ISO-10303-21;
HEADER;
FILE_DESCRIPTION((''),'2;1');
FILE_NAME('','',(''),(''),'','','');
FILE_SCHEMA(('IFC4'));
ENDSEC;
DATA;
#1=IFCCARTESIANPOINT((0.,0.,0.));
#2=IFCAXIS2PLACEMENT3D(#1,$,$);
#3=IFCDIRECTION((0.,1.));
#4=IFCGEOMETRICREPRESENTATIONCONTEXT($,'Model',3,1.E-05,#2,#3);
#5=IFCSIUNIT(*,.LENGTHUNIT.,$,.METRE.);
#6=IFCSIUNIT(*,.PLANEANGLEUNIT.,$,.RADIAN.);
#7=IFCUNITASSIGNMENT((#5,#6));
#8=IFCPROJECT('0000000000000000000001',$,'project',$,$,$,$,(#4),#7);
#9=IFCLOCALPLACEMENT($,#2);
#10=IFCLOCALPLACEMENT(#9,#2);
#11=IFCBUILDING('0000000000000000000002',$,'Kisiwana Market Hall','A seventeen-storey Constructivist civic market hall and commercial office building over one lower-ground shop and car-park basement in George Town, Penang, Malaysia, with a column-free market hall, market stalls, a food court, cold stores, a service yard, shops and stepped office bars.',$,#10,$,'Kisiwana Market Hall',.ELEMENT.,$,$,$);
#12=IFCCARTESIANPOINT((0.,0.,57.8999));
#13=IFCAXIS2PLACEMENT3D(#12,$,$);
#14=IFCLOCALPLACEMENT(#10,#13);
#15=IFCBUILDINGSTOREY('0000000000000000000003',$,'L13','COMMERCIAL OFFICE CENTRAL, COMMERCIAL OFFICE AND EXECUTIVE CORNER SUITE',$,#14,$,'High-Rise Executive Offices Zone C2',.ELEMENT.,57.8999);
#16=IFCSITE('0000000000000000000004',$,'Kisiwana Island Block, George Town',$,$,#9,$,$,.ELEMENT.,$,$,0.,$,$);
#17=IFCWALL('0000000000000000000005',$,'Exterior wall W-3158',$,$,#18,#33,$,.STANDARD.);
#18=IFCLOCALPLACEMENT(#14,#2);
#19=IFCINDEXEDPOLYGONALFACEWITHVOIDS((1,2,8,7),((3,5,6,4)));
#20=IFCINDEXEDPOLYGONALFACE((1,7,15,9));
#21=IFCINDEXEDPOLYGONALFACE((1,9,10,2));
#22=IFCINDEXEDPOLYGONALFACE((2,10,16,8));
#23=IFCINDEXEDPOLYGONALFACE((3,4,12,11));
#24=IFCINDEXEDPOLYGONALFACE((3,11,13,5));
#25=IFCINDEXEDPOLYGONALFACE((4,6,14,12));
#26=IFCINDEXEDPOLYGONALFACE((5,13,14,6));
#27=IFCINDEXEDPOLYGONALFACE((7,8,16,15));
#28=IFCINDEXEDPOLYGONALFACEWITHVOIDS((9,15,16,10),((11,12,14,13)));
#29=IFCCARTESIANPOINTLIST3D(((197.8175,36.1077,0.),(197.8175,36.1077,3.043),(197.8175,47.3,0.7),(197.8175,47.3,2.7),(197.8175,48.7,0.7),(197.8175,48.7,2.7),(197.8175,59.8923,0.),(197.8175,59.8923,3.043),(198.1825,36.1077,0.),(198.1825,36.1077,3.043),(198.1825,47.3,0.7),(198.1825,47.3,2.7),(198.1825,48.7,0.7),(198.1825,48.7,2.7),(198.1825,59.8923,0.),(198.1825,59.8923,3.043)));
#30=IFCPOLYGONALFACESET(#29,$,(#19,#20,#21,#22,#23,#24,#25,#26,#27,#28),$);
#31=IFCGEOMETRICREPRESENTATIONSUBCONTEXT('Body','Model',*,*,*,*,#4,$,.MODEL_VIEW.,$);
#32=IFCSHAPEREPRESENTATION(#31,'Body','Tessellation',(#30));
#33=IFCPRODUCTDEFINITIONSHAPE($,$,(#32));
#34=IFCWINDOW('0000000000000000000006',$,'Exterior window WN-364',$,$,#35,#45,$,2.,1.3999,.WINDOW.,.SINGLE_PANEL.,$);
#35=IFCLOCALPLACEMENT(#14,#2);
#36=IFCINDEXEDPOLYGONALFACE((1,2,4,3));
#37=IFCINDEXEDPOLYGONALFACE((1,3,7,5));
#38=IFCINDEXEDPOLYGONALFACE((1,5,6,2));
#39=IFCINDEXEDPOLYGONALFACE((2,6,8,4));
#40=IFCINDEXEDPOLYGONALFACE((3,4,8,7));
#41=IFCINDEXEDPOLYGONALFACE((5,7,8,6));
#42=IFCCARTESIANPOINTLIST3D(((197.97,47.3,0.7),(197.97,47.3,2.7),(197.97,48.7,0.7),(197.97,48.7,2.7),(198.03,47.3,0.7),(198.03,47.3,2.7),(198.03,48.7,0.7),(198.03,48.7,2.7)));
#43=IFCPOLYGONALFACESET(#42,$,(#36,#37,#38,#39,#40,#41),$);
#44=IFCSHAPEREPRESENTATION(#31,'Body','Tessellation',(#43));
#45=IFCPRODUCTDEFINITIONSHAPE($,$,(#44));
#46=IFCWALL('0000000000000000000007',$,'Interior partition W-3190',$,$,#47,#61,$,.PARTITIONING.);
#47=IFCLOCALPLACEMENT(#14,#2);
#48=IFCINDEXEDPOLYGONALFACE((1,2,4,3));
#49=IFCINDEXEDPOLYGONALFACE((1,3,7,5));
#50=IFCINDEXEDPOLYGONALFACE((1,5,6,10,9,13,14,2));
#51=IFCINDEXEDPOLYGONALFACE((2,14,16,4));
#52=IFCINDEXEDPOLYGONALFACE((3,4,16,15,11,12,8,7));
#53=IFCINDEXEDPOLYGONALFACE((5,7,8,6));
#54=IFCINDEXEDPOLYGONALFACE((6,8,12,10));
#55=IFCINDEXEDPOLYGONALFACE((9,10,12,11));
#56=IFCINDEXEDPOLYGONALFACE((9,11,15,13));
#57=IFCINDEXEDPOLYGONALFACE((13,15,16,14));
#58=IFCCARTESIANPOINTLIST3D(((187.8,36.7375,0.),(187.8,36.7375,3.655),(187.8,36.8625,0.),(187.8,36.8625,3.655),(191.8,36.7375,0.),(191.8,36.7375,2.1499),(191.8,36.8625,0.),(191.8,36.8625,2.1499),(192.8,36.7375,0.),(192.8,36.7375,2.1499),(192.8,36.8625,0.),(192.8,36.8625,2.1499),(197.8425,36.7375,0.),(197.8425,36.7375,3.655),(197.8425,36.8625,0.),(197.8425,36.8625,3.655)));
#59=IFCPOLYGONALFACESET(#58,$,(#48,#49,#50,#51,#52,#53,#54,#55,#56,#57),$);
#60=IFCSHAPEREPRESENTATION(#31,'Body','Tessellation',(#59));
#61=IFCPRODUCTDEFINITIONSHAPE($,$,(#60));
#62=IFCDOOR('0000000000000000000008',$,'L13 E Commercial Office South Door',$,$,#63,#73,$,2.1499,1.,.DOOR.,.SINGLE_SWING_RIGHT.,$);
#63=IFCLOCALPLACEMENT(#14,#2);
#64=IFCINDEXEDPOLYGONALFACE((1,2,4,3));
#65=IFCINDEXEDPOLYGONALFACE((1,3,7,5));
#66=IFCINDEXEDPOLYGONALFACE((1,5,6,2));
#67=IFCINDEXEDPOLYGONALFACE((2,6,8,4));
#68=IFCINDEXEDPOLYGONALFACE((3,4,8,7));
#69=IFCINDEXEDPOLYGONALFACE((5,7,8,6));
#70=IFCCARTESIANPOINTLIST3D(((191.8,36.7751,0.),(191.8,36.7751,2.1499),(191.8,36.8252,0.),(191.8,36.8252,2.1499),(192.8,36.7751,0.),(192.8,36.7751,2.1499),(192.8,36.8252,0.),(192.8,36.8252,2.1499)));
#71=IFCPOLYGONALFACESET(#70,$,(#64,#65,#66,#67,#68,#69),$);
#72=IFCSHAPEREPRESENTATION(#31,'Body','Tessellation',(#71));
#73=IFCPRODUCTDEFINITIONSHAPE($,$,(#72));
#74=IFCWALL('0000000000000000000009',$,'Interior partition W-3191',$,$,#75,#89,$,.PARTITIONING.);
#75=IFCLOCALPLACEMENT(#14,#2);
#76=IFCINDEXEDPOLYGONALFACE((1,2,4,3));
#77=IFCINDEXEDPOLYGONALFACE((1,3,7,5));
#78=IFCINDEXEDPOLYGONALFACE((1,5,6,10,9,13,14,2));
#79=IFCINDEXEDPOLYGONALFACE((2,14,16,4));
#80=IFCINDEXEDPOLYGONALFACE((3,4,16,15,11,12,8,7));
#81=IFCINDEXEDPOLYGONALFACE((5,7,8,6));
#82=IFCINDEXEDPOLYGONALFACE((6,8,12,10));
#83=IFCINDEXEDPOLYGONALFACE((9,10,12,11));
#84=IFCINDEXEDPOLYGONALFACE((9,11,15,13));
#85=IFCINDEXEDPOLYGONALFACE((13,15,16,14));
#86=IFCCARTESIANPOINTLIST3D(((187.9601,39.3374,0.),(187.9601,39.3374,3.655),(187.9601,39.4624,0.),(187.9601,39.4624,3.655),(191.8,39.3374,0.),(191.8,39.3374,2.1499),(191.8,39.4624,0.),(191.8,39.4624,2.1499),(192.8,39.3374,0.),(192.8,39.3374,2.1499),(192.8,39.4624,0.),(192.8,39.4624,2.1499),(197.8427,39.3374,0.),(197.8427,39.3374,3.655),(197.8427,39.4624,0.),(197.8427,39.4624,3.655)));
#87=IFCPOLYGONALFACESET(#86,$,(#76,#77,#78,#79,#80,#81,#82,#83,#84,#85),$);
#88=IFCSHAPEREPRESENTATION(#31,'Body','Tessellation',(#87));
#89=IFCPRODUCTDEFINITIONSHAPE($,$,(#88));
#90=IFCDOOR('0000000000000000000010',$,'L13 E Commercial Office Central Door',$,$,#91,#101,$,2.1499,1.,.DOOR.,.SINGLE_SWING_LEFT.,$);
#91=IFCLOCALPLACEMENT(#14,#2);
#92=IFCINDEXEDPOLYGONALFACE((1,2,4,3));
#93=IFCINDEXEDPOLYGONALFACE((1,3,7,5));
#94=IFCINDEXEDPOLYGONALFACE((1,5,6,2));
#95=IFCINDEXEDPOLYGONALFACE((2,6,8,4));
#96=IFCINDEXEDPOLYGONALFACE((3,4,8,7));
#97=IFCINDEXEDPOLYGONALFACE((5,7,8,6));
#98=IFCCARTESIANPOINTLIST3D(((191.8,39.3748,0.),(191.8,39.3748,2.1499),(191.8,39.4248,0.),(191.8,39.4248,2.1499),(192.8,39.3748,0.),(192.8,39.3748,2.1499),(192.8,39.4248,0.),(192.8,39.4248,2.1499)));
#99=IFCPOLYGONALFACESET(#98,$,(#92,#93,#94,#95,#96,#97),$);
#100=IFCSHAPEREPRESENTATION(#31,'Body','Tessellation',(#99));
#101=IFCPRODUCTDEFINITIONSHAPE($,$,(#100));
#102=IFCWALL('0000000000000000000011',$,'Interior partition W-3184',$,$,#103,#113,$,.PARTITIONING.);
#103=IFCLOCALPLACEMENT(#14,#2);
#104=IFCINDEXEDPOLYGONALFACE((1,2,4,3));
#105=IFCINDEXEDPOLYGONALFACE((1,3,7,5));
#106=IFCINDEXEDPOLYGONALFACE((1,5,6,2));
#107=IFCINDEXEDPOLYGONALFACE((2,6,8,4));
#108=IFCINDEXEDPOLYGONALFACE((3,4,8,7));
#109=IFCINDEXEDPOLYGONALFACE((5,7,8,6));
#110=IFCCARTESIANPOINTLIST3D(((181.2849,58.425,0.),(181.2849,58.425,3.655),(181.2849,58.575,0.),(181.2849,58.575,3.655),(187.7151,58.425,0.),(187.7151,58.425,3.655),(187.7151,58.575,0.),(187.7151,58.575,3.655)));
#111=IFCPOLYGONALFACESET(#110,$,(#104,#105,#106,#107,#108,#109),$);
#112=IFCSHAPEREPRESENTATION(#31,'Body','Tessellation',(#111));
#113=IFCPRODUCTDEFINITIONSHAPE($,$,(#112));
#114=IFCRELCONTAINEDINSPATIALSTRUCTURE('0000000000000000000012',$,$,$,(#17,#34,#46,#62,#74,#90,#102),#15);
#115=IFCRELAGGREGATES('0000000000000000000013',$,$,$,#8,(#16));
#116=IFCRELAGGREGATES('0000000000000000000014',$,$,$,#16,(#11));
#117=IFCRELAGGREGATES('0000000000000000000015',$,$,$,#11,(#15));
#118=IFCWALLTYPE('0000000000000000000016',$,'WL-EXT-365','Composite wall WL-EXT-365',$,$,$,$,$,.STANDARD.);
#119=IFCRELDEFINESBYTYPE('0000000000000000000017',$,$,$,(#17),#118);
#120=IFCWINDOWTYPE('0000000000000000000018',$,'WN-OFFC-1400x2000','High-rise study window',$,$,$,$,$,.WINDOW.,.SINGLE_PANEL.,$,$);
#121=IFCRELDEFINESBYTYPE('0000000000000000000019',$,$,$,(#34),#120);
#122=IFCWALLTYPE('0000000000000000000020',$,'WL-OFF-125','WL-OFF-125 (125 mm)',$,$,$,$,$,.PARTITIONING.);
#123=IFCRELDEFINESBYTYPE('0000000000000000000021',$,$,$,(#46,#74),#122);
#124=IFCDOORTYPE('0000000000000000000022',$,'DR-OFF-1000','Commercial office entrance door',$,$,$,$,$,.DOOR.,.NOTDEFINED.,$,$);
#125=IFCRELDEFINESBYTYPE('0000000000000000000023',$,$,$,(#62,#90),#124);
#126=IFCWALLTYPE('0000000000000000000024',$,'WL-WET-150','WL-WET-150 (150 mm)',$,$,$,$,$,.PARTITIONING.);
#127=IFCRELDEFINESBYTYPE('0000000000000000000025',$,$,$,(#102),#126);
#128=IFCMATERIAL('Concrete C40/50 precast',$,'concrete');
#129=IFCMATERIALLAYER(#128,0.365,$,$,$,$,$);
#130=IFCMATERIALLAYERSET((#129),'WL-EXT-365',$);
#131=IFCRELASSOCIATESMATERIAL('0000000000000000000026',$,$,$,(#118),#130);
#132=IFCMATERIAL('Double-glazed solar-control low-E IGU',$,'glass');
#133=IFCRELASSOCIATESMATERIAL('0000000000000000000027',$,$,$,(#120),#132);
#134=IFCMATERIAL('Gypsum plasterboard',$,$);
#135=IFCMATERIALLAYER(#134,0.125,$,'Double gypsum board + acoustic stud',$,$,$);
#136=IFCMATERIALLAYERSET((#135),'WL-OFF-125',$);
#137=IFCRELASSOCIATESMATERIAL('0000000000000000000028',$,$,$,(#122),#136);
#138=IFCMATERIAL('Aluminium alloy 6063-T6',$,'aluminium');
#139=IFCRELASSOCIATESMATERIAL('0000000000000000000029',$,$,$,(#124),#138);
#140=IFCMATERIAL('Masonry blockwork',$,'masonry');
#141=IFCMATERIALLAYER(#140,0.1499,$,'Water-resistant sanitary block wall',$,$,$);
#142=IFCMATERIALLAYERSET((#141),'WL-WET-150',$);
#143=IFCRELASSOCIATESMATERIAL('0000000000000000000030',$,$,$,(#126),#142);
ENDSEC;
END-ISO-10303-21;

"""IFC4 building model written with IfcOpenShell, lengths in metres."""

from ifc_helpers import new_model, si_unit, direction, frame, frame_2d, origin, place, context, subcontext, project, spatial, rectangle, extrude, material, layer, layer_set, type_object, element, fill, save


model = new_model("IFC4")

# Units and contexts
model_context = context("Model", 3, precision=1e-05, world=origin(), true_north=direction((0.0, 1.0)))
body_context = subcontext(model_context, "Body", "Model", "MODEL_VIEW")
ifc_project = project(units=[si_unit("LENGTHUNIT", "METRE"), si_unit("PLANEANGLEUNIT", "RADIAN")], contexts=[model_context])

# Site, building, storey
site_placement = place(None, origin())
site = spatial("IfcSite", under=ifc_project, at=site_placement, Name="Kisiwana Island Block, George Town", CompositionType="ELEMENT", RefElevation=0.0)
building_placement = place(site_placement, origin())
building = spatial("IfcBuilding", under=site, at=building_placement, Name="Kisiwana Market Hall", Description="A seventeen-storey Constructivist civic market hall and commercial office building over one lower-ground shop and car-park basement in George Town, Penang, Malaysia, with a column-free market hall, market stalls, a food court, cold stores, a service yard, shops and stepped office bars.", LongName="Kisiwana Market Hall", CompositionType="ELEMENT")
storey_placement = place(building_placement, frame((0.0, 0.0, 57.8999)))
storey = spatial("IfcBuildingStorey", under=building, at=storey_placement, Name="L13", Description="COMMERCIAL OFFICE CENTRAL, COMMERCIAL OFFICE AND EXECUTIVE CORNER SUITE", LongName="High-Rise Executive Offices Zone C2", CompositionType="ELEMENT", Elevation=57.8999)

# Wall, opening, window
ifc_material_1 = material(Name="Concrete C40/50 precast", Category="concrete")
ifc_layer_1 = layer(ifc_material_1, 0.365)
ifc_layer_set_1 = layer_set([ifc_layer_1], Name="WL-EXT-365")
wall_type_1 = type_object("IfcWallType", Name="WL-EXT-365", Description="Composite wall WL-EXT-365", PredefinedType="STANDARD", material=ifc_layer_set_1)
wall_1_placement = place(storey_placement, frame((198.0, 36.1077, 0.0), z_axis=(0.0, 0.0, 1.0), x_axis=(0.0, 1.0, 0.0)))
wall_1 = element("IfcWall", 1, at=wall_1_placement, inside=storey, type_object=wall_type_1, Name="Exterior wall W-3158", PredefinedType="STANDARD", context=body_context, shape_type="SweptSolid", body=[
    extrude(rectangle(XDim=23.7847, YDim=0.365, at=frame_2d((11.8923, 0.0))), origin(), (0.0, 0.0, 1.0), 3.043),
])
opening_1_placement = place(wall_1_placement, frame((11.1924, 0.0, 0.7)))
opening_1 = element("IfcOpeningElement", 2, at=opening_1_placement, cuts=wall_1, PredefinedType="OPENING", context=body_context, shape_type="SweptSolid", body=[
    extrude(rectangle(XDim=1.3999, YDim=2.0, at=frame_2d((0.7, 1.0))), frame((0.0, 0.1943, 0.0), z_axis=(0.0, -1.0, 0.0), x_axis=(1.0, 0.0, 0.0)), (0.0, 0.0, 1.0), 0.3889),
])
ifc_material_2 = material(Name="Double-glazed solar-control low-E IGU", Category="glass")
window_type = type_object("IfcWindowType", Name="WN-OFFC-1400x2000", Description="High-rise study window", PartitioningType="SINGLE_PANEL", PredefinedType="WINDOW", material=ifc_material_2)
window_placement = place(opening_1_placement, origin())
window = element("IfcWindow", 3, at=window_placement, inside=storey, type_object=window_type, Name="Exterior window WN-364", OverallHeight=2.0, OverallWidth=1.3999, PartitioningType="SINGLE_PANEL", PredefinedType="WINDOW", context=body_context, shape_type="SweptSolid", body=[
    extrude(rectangle(XDim=1.3999, YDim=2.0, at=frame_2d((0.7, 1.0))), frame((0.0, 0.03, 0.0), z_axis=(0.0, -1.0, 0.0), x_axis=(1.0, 0.0, 0.0)), (0.0, 0.0, 1.0), 0.0601),
])
fill(opening_1, window)

# Walls, openings, doors
ifc_material_3 = material(Name="Gypsum plasterboard")
ifc_layer_2 = layer(ifc_material_3, 0.125, Name="Double gypsum board + acoustic stud")
ifc_layer_set_2 = layer_set([ifc_layer_2], Name="WL-OFF-125")
wall_type_2 = type_object("IfcWallType", Name="WL-OFF-125", Description="WL-OFF-125 (125 mm)", PredefinedType="PARTITIONING", material=ifc_layer_set_2)
wall_2_placement = place(storey_placement, frame((187.8, 36.8, 0.0), z_axis=(0.0, 0.0, 1.0), x_axis=(1.0, 0.0, 0.0)))
wall_2 = element("IfcWall", 4, at=wall_2_placement, inside=storey, type_object=wall_type_2, Name="Interior partition W-3190", PredefinedType="PARTITIONING", context=body_context, shape_type="SweptSolid", body=[
    extrude(rectangle(XDim=10.0425, YDim=0.125, at=frame_2d((5.0212, 0.0))), origin(), (0.0, 0.0, 1.0), 3.655),
])
opening_2_placement = place(wall_2_placement, frame((4.0, 0.0, 0.0)))
opening_2 = element("IfcOpeningElement", 5, at=opening_2_placement, cuts=wall_2, PredefinedType="OPENING", context=body_context, shape_type="SweptSolid", body=[
    extrude(rectangle(XDim=1.0, YDim=2.1499, at=frame_2d((0.5, 1.075))), frame((0.0, 0.0745, 0.0), z_axis=(0.0, -1.0, 0.0), x_axis=(1.0, 0.0, 0.0)), (0.0, 0.0, 1.0), 0.1489),
])
ifc_material_4 = material(Name="Aluminium alloy 6063-T6", Category="aluminium")
door_type_1 = type_object("IfcDoorType", Name="DR-OFF-1000", Description="Commercial office entrance door", OperationType="NOTDEFINED", PredefinedType="DOOR", material=ifc_material_4)
door_1_placement = place(opening_2_placement, frame((1.0, 0.0, 0.0), z_axis=(0.0, 0.0, 1.0), x_axis=(-1.0, 0.0, 0.0)))
door_1 = element("IfcDoor", 6, at=door_1_placement, inside=storey, type_object=door_type_1, Name="L13 E Commercial Office South Door", OperationType="SINGLE_SWING_RIGHT", OverallHeight=2.1499, OverallWidth=1.0, PredefinedType="DOOR", context=body_context, shape_type="SweptSolid", body=[
    extrude(rectangle(XDim=1.0, YDim=2.1499, at=frame_2d((0.5, 1.075))), frame((0.0, 0.0249, 0.0), z_axis=(0.0, -1.0, 0.0), x_axis=(1.0, 0.0, 0.0)), (0.0, 0.0, 1.0), 0.05),
])
fill(opening_2, door_1)
wall_3_placement = place(storey_placement, frame((187.96, 39.3999, 0.0), z_axis=(0.0, 0.0, 1.0), x_axis=(1.0, 0.0, 0.0)))
wall_3 = element("IfcWall", 7, at=wall_3_placement, inside=storey, type_object=wall_type_2, Name="Interior partition W-3191", PredefinedType="PARTITIONING", context=body_context, shape_type="SweptSolid", body=[
    extrude(rectangle(XDim=9.8826, YDim=0.125, at=frame_2d((4.9414, 0.0))), origin(), (0.0, 0.0, 1.0), 3.655),
])
opening_3_placement = place(wall_3_placement, frame((3.8401, 0.0, 0.0)))
opening_3 = element("IfcOpeningElement", 8, at=opening_3_placement, cuts=wall_3, PredefinedType="OPENING", context=body_context, shape_type="SweptSolid", body=[
    extrude(rectangle(XDim=1.0, YDim=2.1499, at=frame_2d((0.5, 1.075))), frame((0.0, 0.0745, 0.0), z_axis=(0.0, -1.0, 0.0), x_axis=(1.0, 0.0, 0.0)), (0.0, 0.0, 1.0), 0.1489),
])
door_2_placement = place(opening_3_placement, origin())
door_2 = element("IfcDoor", 9, at=door_2_placement, inside=storey, type_object=door_type_1, Name="L13 E Commercial Office Central Door", OperationType="SINGLE_SWING_LEFT", OverallHeight=2.1499, OverallWidth=1.0, PredefinedType="DOOR", context=body_context, shape_type="SweptSolid", body=[
    extrude(rectangle(XDim=1.0, YDim=2.1499, at=frame_2d((0.5, 1.075))), frame((0.0, 0.0249, 0.0), z_axis=(0.0, -1.0, 0.0), x_axis=(1.0, 0.0, 0.0)), (0.0, 0.0, 1.0), 0.05),
])
fill(opening_3, door_2)

# Wall
ifc_material_5 = material(Name="Masonry blockwork", Category="masonry")
ifc_layer_3 = layer(ifc_material_5, 0.1499, Name="Water-resistant sanitary block wall")
ifc_layer_set_3 = layer_set([ifc_layer_3], Name="WL-WET-150")
wall_type_3 = type_object("IfcWallType", Name="WL-WET-150", Description="WL-WET-150 (150 mm)", PredefinedType="PARTITIONING", material=ifc_layer_set_3)
wall_4_placement = place(storey_placement, frame((181.2849, 58.5, 0.0), z_axis=(0.0, 0.0, 1.0), x_axis=(1.0, 0.0, 0.0)))
element("IfcWall", 10, at=wall_4_placement, inside=storey, type_object=wall_type_3, Name="Interior partition W-3184", PredefinedType="PARTITIONING", context=body_context, shape_type="SweptSolid", body=[
    extrude(rectangle(XDim=6.4302, YDim=0.1499, at=frame_2d((3.2151, 0.0))), origin(), (0.0, 0.0, 1.0), 3.655),
])

save(model, "model.ifc")
